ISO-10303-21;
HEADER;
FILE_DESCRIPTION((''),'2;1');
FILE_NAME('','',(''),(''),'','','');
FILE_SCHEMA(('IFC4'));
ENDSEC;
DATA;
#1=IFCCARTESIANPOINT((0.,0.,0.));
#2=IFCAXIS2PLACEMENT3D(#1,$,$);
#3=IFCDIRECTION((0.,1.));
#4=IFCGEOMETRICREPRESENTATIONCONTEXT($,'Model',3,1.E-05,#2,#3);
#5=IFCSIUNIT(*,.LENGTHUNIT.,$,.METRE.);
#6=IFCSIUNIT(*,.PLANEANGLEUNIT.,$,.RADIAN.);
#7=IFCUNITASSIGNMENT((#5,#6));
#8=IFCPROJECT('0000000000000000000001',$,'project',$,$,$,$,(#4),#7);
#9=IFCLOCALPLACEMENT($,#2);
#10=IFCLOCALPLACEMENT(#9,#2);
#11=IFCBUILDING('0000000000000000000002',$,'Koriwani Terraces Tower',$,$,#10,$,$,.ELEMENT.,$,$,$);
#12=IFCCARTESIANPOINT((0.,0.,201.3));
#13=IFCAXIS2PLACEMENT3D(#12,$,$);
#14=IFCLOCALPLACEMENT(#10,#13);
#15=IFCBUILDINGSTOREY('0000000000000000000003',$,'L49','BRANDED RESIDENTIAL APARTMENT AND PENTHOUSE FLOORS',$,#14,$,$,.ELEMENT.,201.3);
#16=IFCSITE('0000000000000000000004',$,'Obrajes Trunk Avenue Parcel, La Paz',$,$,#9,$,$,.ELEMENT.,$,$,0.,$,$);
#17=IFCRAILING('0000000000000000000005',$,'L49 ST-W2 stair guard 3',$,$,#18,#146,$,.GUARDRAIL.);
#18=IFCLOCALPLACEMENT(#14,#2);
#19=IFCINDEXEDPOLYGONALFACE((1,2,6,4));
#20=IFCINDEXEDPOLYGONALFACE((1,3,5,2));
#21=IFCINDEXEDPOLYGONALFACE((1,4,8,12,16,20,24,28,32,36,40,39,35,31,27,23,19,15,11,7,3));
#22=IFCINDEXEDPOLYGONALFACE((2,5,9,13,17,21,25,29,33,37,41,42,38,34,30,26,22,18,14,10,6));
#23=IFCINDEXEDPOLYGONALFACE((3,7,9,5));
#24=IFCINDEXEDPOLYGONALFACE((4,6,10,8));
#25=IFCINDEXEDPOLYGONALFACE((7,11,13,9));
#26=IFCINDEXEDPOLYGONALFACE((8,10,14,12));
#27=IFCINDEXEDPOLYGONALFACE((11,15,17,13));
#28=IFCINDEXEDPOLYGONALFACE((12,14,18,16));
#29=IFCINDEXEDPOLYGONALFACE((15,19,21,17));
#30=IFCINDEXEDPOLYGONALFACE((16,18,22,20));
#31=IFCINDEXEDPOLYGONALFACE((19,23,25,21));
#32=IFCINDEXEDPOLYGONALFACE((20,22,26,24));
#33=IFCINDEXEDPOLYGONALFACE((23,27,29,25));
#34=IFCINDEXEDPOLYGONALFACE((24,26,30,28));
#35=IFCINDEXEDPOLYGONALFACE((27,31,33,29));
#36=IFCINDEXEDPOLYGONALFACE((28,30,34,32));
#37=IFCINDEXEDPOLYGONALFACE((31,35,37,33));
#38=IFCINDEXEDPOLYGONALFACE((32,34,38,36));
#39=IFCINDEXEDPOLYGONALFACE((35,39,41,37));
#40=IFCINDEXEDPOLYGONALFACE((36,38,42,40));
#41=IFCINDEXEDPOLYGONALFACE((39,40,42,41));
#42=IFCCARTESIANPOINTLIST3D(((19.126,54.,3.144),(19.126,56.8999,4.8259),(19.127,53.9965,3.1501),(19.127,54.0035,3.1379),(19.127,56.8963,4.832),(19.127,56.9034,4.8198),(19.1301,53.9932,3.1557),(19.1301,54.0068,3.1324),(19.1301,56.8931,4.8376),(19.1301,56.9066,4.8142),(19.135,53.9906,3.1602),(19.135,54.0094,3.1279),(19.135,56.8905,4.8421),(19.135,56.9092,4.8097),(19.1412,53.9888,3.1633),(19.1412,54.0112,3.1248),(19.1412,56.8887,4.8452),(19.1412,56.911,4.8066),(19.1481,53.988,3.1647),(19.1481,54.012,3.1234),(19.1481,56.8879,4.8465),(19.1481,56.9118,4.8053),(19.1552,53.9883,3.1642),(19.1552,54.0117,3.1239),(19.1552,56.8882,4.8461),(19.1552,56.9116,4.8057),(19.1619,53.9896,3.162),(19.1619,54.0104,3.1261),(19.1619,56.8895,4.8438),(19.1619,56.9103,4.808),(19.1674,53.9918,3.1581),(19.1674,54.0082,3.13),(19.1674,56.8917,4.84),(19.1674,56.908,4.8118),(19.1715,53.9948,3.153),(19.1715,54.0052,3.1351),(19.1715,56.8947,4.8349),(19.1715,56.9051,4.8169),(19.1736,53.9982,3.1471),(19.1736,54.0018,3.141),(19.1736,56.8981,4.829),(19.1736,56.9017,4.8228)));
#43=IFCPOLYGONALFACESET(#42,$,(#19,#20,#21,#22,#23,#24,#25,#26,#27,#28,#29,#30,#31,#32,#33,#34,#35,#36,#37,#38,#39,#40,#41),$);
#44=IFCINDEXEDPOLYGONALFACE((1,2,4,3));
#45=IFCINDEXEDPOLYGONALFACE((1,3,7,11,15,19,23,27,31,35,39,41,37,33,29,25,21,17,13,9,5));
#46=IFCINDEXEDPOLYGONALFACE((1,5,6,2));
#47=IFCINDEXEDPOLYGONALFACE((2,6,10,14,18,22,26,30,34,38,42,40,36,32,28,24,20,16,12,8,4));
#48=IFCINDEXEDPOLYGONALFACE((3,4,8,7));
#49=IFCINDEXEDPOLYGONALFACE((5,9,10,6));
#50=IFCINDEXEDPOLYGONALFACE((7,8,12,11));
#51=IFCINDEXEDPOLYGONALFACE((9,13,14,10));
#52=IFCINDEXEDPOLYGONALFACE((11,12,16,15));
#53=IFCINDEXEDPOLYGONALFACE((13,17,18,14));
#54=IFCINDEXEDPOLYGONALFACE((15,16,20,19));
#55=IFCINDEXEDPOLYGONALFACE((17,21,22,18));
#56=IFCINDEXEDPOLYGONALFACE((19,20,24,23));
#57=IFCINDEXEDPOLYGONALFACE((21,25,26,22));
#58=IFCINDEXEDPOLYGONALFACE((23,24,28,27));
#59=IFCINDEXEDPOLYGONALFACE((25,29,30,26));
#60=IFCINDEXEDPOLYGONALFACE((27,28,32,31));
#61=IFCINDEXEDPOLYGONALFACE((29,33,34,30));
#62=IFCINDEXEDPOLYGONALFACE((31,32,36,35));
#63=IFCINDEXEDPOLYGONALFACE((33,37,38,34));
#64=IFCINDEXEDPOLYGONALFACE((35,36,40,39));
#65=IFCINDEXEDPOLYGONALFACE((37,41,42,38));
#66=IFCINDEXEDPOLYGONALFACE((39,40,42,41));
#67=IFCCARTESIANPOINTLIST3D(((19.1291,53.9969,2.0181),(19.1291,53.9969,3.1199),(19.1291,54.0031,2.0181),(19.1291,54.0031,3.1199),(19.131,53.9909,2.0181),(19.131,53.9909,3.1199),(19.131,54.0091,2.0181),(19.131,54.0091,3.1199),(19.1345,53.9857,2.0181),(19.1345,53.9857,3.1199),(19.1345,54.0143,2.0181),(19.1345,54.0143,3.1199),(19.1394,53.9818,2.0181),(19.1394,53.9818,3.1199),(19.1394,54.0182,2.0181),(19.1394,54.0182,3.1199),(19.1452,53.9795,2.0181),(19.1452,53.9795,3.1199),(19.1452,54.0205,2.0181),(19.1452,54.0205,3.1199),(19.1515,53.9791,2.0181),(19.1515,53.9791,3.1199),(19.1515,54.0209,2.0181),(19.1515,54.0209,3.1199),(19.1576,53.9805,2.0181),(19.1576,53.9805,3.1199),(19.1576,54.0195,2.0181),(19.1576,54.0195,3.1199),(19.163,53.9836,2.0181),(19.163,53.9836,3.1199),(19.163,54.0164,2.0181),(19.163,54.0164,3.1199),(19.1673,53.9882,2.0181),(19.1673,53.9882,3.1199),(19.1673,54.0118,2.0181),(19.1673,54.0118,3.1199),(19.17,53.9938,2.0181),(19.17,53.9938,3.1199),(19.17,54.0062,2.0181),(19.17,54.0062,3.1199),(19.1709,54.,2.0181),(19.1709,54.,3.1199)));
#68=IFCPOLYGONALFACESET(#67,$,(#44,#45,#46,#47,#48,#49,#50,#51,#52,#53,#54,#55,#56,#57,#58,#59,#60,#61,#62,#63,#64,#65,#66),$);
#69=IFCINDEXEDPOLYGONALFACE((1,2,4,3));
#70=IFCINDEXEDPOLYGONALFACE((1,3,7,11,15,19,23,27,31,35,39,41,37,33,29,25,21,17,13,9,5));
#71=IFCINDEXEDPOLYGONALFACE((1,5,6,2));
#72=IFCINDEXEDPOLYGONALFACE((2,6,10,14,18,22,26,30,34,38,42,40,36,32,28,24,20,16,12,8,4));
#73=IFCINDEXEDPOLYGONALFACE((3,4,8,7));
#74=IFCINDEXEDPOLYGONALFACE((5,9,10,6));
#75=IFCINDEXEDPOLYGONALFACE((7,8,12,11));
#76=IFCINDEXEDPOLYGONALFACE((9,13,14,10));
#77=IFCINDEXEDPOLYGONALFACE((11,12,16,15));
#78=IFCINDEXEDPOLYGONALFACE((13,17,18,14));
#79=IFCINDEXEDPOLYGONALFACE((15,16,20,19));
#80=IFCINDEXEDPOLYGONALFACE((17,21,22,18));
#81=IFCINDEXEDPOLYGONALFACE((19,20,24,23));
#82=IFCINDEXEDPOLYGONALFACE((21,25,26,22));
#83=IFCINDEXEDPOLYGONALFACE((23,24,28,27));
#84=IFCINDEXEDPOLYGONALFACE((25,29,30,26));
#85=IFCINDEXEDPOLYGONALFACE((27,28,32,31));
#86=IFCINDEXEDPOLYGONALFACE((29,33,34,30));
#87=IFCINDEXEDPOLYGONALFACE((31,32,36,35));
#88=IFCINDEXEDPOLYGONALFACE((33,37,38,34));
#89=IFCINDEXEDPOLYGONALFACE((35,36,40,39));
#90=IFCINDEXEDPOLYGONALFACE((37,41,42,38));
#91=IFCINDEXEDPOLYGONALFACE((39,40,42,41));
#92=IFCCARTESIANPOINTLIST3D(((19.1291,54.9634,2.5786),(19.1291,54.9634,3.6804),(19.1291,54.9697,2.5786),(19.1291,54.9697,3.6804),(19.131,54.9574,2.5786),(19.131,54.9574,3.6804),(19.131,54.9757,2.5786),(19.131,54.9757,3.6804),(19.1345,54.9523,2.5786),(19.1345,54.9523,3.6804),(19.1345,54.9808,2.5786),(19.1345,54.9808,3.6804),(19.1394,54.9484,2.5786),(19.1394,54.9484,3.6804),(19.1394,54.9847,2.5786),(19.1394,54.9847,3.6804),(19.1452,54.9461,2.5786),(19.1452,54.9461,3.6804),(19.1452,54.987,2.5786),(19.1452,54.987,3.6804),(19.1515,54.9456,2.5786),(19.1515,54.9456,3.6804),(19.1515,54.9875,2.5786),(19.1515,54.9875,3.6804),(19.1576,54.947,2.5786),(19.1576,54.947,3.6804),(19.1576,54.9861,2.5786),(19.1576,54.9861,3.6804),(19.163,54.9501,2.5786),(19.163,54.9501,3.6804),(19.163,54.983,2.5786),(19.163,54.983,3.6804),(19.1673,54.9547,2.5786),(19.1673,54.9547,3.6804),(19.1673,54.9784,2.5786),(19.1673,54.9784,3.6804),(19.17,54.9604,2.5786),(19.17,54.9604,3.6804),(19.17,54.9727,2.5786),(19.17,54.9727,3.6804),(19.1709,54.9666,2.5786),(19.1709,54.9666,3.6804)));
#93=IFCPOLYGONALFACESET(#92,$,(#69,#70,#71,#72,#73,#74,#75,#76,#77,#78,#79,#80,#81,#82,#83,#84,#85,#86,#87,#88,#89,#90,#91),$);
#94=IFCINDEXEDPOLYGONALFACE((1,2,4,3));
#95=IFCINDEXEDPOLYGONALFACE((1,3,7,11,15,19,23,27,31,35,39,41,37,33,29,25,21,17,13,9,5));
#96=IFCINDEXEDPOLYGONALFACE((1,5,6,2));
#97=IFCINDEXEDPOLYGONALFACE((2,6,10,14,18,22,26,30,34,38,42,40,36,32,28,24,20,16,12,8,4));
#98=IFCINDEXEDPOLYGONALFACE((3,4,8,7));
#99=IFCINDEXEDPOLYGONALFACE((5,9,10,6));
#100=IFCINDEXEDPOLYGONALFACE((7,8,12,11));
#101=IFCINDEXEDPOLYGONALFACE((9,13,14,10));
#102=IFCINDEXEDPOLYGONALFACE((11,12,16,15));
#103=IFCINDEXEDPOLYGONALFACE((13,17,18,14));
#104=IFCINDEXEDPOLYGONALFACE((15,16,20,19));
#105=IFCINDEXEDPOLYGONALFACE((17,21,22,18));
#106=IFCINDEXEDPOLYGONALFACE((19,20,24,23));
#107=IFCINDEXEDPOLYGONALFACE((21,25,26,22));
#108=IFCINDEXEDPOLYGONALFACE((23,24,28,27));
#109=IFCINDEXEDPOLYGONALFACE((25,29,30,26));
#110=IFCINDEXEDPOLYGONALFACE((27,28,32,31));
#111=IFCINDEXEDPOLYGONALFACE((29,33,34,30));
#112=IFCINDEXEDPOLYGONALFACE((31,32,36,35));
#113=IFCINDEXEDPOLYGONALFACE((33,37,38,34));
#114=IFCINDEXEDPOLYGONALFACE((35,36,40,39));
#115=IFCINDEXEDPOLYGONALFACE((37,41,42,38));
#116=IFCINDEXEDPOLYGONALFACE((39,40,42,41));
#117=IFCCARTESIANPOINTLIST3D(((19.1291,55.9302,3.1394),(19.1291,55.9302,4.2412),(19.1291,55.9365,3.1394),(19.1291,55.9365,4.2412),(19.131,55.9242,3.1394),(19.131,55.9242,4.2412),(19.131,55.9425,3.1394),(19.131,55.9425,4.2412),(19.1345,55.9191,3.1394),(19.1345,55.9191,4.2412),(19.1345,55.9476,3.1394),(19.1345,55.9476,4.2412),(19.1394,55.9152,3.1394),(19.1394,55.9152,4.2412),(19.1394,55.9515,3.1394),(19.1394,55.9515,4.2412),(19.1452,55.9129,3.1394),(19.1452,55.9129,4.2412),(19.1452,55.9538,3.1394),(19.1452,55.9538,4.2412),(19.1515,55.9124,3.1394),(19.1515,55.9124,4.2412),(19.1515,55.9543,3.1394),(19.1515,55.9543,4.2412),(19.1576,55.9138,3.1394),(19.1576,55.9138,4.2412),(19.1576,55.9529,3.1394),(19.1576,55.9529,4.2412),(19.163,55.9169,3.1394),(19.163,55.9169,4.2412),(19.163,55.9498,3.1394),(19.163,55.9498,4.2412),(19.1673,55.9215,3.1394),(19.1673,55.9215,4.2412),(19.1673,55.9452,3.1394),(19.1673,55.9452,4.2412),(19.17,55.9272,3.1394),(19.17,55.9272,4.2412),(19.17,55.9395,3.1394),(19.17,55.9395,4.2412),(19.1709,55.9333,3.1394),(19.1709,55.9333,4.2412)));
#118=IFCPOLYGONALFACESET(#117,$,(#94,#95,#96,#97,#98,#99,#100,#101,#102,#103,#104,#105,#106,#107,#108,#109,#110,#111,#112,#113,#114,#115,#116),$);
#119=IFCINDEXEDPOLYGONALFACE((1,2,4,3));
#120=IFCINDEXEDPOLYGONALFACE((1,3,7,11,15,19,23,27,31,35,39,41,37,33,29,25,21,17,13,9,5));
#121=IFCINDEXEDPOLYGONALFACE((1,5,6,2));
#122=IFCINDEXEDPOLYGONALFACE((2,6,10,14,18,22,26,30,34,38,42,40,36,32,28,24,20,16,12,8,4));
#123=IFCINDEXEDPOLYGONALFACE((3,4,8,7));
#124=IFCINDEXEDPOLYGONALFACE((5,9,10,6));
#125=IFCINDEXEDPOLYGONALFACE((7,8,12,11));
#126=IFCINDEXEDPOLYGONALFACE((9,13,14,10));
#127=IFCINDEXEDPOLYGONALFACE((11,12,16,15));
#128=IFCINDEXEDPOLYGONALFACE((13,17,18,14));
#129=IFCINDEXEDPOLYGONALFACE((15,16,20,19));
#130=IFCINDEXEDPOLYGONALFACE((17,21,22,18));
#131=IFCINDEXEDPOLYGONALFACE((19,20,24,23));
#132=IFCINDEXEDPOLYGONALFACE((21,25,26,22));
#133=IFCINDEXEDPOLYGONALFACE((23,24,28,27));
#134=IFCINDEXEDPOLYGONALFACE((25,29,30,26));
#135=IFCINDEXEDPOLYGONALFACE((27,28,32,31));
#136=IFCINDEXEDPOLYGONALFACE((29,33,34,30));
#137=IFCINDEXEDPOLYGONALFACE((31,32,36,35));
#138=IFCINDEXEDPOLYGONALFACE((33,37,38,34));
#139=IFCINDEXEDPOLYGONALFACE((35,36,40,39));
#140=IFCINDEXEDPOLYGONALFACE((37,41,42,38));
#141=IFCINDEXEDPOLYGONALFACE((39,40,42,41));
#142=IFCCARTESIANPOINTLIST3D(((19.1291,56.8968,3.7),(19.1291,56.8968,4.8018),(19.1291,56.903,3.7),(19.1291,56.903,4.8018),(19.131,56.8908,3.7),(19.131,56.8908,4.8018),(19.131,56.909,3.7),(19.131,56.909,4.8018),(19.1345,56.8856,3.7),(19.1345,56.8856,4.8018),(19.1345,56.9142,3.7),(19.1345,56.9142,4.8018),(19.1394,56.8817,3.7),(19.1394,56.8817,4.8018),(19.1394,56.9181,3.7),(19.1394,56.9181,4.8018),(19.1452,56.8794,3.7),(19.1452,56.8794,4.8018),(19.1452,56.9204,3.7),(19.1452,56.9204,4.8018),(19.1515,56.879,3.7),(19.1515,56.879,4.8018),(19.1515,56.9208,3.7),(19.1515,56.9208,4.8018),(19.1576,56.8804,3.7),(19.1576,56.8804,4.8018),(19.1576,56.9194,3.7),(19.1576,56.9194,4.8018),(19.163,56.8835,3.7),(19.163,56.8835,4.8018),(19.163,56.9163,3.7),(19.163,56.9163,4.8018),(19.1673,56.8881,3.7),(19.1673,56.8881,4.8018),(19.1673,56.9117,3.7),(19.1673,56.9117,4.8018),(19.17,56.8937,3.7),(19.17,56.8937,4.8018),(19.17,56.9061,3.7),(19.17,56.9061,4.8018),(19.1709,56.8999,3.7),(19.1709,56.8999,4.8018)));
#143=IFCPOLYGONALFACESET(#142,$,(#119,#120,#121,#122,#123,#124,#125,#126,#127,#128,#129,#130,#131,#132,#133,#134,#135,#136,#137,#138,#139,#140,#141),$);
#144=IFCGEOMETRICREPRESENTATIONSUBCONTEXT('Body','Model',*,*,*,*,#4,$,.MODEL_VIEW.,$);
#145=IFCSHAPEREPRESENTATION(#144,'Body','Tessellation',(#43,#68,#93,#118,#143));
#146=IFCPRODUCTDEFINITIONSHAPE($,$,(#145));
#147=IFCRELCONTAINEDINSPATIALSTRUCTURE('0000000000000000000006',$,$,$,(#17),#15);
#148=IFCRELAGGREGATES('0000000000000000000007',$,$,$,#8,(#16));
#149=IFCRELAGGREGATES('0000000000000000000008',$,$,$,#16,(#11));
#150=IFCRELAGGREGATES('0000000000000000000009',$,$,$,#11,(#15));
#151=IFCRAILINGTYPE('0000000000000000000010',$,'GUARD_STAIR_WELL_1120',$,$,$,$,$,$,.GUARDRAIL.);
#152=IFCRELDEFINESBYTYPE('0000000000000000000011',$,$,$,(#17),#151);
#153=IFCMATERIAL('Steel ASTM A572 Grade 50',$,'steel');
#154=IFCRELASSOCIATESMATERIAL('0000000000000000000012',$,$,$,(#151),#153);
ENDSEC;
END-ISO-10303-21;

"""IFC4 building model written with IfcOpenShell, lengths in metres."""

from ifc_helpers import new_model, si_unit, direction, frame, origin, origin_2d, place, context, subcontext, project, spatial, circle, extrude, material, type_object, element, save


model = new_model("IFC4")

# Units and contexts
model_context = context("Model", 3, precision=1e-05, world=origin(), true_north=direction((0.0, 1.0)))
body_context = subcontext(model_context, "Body", "Model", "MODEL_VIEW")
ifc_project = project(units=[si_unit("LENGTHUNIT", "METRE"), si_unit("PLANEANGLEUNIT", "RADIAN")], contexts=[model_context])

# Site, building, storey
site_placement = place(None, origin())
site = spatial("IfcSite", under=ifc_project, at=site_placement, Name="Obrajes Trunk Avenue Parcel, La Paz", CompositionType="ELEMENT", RefElevation=0.0)
building_placement = place(site_placement, origin())
building = spatial("IfcBuilding", under=site, at=building_placement, Name="Koriwani Terraces Tower", CompositionType="ELEMENT")
storey_placement = place(building_placement, frame((0.0, 0.0, 201.3)))
storey = spatial("IfcBuildingStorey", under=building, at=storey_placement, Name="L49", Description="BRANDED RESIDENTIAL APARTMENT AND PENTHOUSE FLOORS", CompositionType="ELEMENT", Elevation=201.3)

# Shared definitions
ifc_material_1 = material(Name="Steel ASTM A572 Grade 50", Category="steel")

# Railing
railing_type_1 = type_object("IfcRailingType", Name="GUARD_STAIR_WELL_1120", PredefinedType="GUARDRAIL", material=ifc_material_1)
railing_1_placement = place(storey_placement, frame((19.1499, 54.0, 2.0181)))
element("IfcRailing", 1, at=railing_1_placement, inside=storey, type_object=railing_type_1, Name="L49 ST-W2 stair guard 3", PredefinedType="GUARDRAIL", context=body_context, shape_type="SweptSolid", body=[
    extrude(circle(Radius=0.0239, at=origin_2d()), frame((0.0, 0.0, 1.126), z_axis=(0.0, 0.865039, 0.501705), x_axis=(-1.0, 0.0, 0.0)), (0.0, 0.0, 1.0), 3.3523),
    extrude(circle(Radius=0.021, at=origin_2d()), origin(), (0.0, 0.0, 1.0), 1.1018),
    extrude(circle(Radius=0.021, at=origin_2d()), frame((0.0, 0.9666, 0.5605)), (0.0, 0.0, 1.0), 1.1018),
    extrude(circle(Radius=0.021, at=origin_2d()), frame((0.0, 1.9333, 1.1213)), (0.0, 0.0, 1.0), 1.1018),
    extrude(circle(Radius=0.021, at=origin_2d()), frame((0.0, 2.8999, 1.6819)), (0.0, 0.0, 1.0), 1.1018),
])

save(model, "model.ifc")
